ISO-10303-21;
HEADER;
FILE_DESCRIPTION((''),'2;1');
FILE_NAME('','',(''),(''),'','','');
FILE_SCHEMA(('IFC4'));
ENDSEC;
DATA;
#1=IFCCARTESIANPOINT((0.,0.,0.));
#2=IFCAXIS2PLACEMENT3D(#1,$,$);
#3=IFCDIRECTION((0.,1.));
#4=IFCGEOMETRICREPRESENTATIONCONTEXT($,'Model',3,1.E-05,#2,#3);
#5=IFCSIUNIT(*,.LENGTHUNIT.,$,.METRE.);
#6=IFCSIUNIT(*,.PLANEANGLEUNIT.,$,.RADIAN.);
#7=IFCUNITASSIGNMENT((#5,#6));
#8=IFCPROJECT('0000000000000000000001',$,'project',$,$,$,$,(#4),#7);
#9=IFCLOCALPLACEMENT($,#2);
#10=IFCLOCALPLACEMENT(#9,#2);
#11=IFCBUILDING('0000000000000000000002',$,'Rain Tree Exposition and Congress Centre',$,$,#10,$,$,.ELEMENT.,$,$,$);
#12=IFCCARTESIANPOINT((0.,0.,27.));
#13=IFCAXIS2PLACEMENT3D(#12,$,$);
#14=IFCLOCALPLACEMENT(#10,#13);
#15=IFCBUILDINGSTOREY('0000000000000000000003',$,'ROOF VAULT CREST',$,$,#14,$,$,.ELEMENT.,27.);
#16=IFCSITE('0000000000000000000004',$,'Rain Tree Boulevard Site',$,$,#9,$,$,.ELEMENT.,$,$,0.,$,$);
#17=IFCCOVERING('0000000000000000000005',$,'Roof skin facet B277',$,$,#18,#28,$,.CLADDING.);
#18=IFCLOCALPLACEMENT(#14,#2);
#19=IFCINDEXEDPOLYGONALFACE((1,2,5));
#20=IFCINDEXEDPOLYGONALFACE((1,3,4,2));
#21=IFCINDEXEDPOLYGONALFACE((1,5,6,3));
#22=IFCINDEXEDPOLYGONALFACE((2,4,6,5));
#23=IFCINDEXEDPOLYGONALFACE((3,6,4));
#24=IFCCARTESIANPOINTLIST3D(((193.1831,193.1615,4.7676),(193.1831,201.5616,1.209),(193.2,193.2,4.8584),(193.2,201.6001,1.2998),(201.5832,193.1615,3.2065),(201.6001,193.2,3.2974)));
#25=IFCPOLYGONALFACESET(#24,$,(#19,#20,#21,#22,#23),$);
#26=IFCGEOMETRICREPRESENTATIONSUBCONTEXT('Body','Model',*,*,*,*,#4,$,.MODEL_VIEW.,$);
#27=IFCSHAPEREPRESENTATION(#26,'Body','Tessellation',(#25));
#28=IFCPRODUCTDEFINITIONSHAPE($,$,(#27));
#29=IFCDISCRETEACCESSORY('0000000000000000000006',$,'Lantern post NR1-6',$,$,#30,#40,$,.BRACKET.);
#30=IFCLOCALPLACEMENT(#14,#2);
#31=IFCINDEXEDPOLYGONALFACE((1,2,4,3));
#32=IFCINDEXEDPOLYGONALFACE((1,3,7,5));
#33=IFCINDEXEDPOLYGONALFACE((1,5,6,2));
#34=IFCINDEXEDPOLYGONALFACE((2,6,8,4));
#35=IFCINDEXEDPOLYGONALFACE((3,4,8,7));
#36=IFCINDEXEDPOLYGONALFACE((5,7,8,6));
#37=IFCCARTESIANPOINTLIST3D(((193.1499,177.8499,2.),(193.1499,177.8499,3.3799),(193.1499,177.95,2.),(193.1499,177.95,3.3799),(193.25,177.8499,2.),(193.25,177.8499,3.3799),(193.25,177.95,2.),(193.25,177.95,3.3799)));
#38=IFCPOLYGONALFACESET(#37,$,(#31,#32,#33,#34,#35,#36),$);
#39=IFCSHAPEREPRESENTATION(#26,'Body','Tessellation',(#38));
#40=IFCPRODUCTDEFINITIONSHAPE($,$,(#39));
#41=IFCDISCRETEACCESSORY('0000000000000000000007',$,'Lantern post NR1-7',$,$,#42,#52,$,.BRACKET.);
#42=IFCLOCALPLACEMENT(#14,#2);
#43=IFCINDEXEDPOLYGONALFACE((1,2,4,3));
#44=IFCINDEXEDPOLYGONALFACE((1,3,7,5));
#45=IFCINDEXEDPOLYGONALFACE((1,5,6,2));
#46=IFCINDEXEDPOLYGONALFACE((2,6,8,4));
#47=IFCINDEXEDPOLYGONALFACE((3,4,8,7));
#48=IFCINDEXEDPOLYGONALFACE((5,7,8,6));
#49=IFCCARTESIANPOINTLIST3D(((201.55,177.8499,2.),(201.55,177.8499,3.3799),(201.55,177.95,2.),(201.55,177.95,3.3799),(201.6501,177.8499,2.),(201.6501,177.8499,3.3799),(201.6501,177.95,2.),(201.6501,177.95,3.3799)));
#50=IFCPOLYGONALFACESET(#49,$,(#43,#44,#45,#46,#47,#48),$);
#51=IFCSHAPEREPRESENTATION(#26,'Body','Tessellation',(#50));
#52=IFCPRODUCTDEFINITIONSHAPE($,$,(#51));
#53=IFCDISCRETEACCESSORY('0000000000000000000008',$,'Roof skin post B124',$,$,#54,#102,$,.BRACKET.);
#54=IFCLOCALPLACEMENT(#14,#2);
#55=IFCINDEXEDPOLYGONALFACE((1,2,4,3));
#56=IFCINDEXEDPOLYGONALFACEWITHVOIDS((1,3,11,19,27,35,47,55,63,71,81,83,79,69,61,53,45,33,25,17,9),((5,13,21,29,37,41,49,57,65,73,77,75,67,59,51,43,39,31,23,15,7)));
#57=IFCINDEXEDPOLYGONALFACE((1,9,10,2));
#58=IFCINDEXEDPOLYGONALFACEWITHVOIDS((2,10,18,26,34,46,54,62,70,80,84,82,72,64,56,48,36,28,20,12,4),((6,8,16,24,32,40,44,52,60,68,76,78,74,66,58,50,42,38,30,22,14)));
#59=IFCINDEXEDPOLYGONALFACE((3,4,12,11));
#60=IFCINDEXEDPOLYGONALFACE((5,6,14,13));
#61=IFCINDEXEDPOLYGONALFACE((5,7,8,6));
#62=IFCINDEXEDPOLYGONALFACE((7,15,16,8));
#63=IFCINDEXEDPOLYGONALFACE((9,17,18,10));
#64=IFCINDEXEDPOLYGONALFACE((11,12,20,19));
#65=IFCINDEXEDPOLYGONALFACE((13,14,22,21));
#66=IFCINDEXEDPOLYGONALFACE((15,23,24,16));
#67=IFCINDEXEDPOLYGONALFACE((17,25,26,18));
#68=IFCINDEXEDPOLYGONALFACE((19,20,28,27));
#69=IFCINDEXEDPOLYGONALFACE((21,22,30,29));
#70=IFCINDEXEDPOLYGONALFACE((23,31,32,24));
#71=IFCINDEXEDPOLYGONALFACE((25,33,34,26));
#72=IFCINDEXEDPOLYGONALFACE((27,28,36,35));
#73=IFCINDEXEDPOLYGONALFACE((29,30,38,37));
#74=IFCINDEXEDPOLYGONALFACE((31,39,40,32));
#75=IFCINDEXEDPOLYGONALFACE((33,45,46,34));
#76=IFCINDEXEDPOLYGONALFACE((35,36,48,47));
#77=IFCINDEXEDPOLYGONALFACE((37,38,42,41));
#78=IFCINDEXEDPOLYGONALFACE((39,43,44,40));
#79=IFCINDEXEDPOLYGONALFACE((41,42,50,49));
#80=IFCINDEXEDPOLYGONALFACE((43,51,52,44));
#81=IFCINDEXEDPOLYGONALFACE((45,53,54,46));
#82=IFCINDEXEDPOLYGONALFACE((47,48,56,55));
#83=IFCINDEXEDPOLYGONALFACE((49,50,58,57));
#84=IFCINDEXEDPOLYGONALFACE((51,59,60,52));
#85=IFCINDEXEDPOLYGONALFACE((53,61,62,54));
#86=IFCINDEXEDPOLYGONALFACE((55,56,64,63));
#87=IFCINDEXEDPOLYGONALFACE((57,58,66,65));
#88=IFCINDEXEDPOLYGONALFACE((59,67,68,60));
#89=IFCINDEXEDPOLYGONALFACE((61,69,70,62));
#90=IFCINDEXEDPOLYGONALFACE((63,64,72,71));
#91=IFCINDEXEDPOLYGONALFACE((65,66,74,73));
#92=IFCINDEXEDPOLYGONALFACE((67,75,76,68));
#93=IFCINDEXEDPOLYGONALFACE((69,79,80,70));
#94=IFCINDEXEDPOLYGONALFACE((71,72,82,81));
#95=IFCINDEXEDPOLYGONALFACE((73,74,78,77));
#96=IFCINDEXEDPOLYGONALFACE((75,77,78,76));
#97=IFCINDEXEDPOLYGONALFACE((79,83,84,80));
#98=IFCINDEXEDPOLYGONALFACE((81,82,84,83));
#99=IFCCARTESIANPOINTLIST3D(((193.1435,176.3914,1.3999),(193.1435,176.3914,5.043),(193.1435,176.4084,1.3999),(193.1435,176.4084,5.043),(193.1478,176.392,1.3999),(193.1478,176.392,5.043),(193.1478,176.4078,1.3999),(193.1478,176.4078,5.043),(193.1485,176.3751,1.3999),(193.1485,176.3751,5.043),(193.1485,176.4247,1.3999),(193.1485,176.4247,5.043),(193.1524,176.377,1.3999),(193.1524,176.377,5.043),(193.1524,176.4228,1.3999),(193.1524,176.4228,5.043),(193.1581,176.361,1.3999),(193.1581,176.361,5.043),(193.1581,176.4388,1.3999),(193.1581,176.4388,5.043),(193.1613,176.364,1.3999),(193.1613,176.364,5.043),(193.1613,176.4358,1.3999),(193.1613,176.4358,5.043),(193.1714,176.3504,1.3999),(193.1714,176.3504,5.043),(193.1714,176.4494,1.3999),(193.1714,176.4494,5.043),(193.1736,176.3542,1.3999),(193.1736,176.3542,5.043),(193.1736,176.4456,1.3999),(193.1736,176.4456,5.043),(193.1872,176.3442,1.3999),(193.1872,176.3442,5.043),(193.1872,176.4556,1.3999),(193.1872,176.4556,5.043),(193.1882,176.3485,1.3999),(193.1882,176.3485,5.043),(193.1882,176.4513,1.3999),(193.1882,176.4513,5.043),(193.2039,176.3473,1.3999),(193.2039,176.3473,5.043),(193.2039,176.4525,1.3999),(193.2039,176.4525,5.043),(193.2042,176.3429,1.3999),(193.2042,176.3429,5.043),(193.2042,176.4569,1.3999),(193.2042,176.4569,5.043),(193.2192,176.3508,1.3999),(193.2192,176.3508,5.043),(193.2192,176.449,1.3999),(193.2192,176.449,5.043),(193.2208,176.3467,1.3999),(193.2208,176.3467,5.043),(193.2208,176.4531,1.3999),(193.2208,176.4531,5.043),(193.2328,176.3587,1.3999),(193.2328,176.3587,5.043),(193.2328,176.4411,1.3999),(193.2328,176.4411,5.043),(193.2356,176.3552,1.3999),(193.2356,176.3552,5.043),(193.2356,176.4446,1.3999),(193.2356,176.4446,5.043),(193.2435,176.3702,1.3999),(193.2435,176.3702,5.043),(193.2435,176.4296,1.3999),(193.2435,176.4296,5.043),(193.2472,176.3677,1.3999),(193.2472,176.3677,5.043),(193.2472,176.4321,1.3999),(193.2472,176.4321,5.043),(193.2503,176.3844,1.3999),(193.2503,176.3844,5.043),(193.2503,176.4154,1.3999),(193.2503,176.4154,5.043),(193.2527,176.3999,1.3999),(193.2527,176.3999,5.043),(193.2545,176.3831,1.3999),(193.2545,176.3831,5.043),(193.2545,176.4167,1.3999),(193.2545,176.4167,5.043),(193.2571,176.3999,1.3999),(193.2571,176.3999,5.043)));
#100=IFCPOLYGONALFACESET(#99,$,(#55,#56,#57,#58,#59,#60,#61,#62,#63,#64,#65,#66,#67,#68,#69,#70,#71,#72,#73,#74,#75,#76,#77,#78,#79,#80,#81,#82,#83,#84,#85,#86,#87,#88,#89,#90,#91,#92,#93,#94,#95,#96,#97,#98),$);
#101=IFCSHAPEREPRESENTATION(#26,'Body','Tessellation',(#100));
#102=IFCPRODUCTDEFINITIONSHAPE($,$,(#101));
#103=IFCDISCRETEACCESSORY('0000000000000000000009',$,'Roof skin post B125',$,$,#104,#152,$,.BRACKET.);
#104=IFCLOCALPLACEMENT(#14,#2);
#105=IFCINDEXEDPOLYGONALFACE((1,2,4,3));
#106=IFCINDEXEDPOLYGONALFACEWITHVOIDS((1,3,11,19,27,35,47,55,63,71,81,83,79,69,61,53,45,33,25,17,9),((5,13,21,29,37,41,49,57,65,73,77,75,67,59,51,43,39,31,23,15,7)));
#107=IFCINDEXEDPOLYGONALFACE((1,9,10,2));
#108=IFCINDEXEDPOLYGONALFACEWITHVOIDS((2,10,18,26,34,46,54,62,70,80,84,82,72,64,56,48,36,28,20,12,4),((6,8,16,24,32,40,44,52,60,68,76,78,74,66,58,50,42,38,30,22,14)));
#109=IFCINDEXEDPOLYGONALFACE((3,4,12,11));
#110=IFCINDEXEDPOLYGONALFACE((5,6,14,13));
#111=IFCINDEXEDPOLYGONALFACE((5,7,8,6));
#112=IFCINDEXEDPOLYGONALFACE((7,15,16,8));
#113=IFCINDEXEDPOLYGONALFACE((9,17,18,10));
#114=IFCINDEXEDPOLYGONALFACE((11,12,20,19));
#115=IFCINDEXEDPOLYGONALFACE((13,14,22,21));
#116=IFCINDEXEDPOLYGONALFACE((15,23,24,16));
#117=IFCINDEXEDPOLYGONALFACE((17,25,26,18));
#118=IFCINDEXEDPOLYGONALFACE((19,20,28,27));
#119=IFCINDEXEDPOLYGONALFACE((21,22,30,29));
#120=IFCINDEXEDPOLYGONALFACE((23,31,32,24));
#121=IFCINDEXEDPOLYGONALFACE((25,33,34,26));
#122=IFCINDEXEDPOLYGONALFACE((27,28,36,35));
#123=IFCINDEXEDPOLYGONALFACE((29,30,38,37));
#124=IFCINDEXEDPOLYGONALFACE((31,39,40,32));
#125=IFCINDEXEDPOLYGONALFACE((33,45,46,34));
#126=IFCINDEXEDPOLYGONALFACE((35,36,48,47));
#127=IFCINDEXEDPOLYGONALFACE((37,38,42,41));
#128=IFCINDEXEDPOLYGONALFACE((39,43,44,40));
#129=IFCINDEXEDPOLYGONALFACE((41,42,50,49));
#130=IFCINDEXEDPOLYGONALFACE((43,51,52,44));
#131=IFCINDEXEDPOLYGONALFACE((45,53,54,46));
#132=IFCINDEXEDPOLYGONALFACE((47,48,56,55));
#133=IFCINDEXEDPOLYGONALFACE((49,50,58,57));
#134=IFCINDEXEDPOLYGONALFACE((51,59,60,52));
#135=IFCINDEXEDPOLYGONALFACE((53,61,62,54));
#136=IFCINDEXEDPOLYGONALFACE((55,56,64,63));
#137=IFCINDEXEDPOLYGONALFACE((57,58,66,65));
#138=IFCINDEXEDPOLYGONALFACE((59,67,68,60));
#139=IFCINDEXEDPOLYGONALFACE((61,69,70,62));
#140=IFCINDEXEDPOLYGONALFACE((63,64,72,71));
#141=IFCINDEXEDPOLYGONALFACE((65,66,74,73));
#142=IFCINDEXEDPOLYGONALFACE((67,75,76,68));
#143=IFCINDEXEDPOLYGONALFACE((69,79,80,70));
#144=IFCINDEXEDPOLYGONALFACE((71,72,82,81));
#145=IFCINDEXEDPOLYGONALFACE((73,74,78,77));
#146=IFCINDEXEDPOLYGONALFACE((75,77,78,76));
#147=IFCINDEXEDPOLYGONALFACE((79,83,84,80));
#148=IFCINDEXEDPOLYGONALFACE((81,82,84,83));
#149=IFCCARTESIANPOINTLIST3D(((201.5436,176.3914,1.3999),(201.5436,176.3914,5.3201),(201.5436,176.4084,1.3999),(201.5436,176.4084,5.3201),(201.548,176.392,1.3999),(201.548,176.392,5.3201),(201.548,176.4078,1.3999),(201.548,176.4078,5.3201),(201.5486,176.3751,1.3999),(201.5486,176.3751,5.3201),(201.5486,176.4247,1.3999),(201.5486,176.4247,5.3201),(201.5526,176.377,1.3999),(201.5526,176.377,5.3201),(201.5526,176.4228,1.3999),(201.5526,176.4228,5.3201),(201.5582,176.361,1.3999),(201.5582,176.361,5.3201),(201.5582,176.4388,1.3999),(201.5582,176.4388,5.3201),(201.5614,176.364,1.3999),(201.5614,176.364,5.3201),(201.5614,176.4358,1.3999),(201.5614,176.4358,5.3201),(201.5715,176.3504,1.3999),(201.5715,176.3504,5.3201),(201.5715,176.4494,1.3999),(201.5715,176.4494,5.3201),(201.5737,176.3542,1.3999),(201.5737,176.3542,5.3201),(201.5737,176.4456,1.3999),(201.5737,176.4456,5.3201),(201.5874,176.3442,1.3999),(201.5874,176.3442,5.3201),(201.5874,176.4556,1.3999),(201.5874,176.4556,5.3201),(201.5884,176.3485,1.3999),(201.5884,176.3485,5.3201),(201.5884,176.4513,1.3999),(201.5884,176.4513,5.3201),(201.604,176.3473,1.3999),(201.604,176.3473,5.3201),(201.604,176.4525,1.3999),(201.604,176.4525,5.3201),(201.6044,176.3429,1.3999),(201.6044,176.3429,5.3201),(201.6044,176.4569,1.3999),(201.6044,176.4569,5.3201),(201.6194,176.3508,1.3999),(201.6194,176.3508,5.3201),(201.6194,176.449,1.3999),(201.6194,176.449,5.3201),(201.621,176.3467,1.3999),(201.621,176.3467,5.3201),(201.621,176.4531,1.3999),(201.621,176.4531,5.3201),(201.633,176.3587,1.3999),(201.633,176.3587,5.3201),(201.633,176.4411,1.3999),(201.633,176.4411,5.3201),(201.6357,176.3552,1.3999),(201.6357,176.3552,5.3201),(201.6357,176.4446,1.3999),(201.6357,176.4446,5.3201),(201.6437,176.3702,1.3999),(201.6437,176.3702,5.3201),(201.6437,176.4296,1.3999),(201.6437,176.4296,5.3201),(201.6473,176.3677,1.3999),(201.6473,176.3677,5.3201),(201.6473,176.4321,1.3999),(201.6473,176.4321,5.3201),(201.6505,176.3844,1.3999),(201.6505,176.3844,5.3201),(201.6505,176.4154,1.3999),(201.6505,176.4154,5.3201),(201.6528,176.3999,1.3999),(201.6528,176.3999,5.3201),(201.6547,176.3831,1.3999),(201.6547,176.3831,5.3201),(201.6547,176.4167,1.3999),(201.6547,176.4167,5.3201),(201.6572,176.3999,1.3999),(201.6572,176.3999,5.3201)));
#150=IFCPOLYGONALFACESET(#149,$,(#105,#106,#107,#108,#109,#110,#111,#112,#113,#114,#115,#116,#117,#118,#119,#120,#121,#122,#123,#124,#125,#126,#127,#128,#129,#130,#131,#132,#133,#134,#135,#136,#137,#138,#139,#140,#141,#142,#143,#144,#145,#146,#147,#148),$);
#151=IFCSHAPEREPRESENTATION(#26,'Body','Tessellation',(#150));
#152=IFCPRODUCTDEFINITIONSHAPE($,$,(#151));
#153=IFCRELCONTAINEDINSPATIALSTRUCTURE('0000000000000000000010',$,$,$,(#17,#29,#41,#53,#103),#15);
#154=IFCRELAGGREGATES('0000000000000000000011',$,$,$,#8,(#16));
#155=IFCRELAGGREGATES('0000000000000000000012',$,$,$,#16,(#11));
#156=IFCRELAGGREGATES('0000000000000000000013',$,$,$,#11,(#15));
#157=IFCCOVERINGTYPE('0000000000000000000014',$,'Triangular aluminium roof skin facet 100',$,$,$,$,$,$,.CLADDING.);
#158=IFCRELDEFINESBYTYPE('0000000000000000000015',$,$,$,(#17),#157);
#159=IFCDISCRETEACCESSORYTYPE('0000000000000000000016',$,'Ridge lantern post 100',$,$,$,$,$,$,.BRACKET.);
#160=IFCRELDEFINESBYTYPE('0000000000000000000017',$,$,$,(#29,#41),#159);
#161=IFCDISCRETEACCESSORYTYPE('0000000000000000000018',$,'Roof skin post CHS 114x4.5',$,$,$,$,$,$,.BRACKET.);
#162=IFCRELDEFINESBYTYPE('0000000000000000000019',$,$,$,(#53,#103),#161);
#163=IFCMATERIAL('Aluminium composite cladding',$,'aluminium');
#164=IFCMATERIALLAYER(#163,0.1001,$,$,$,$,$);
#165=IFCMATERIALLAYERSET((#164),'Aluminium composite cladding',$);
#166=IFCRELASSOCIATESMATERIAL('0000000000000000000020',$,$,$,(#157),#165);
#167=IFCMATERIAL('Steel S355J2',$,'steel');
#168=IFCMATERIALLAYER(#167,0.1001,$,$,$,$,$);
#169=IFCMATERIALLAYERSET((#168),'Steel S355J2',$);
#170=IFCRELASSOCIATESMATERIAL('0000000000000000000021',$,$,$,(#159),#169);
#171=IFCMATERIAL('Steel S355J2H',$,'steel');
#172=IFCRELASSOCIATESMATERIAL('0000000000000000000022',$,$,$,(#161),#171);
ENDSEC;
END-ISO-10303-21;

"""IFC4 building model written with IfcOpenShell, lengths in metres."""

from ifc_helpers import new_model, si_unit, direction, frame, origin, origin_2d, place, context, subcontext, project, spatial, polyline, rectangle, hollow_circle, outline, extrude, material, layer, layer_set, material_profile, profile_set, type_object, element, save


model = new_model("IFC4")

# Units and contexts
model_context = context("Model", 3, precision=1e-05, world=origin(), true_north=direction((0.0, 1.0)))
body_context = subcontext(model_context, "Body", "Model", "MODEL_VIEW")
ifc_project = project(units=[si_unit("LENGTHUNIT", "METRE"), si_unit("PLANEANGLEUNIT", "RADIAN")], contexts=[model_context])

# Site, building, storey
site_placement = place(None, origin())
site = spatial("IfcSite", under=ifc_project, at=site_placement, Name="Rain Tree Boulevard Site", CompositionType="ELEMENT", RefElevation=0.0)
building_placement = place(site_placement, origin())
building = spatial("IfcBuilding", under=site, at=building_placement, Name="Rain Tree Exposition and Congress Centre", CompositionType="ELEMENT")
storey_placement = place(building_placement, frame((0.0, 0.0, 27.0)))
storey = spatial("IfcBuildingStorey", under=building, at=storey_placement, Name="ROOF VAULT CREST", CompositionType="ELEMENT", Elevation=27.0)

# Covering
ifc_material_1 = material(Name="Aluminium composite cladding", Category="aluminium")
ifc_layer_1 = layer(ifc_material_1, 0.1001)
ifc_layer_set_1 = layer_set([ifc_layer_1], Name="Aluminium composite cladding")
covering_type_1 = type_object("IfcCoveringType", Name="Triangular aluminium roof skin facet 100", PredefinedType="CLADDING", material=ifc_layer_set_1)
covering_1_placement = place(storey_placement, frame((193.2, 193.2, 4.8584), z_axis=(0.168662, 0.384487, 0.907592), x_axis=(0.983168, 0.0, -0.182706)))
element("IfcCovering", 1, at=covering_1_placement, inside=storey, type_object=covering_type_1, Name="Roof skin facet B277", PredefinedType="CLADDING", context=body_context, shape_type="SweptSolid", body=[
    extrude(outline(polyline([(0.0, 0.0), (8.544, 0.0), (0.6502, 9.0996), (0.0, 0.0)])), origin(), (0.0, 0.0, -1.0), 0.1001),
])

# Discrete accessories
ifc_material_2 = material(Name="Steel S355J2", Category="steel")
ifc_layer_2 = layer(ifc_material_2, 0.1001)
ifc_layer_set_2 = layer_set([ifc_layer_2], Name="Steel S355J2")
discrete_accessory_type_1 = type_object("IfcDiscreteAccessoryType", Name="Ridge lantern post 100", PredefinedType="BRACKET", material=ifc_layer_set_2)
for number, where, z_axis, x_axis, name in (
    (2, (193.2, 177.8999, 2.0), (0.0, 0.0, 1.0), (1.0, 0.0, 0.0), "Lantern post NR1-6"),
    (3, (201.6001, 177.8999, 2.0), (0.0, 0.0, 1.0), (1.0, 0.0, 0.0), "Lantern post NR1-7"),
):
    element("IfcDiscreteAccessory", number, at=place(storey_placement, frame(where, z_axis=z_axis, x_axis=x_axis)), inside=storey, type_object=discrete_accessory_type_1, Name=name, PredefinedType="BRACKET", context=body_context, shape_type="SweptSolid", body=[
        extrude(rectangle(XDim=0.1001, YDim=0.1001, at=origin_2d()), origin(), (0.0, 0.0, 1.0), 1.3799),
    ])
ifc_material_3 = material(Name="Steel S355J2H", Category="steel")
ifc_material_profile_1 = material_profile(ifc_material_3, hollow_circle(Radius=0.0571, WallThickness=0.0044, at=origin_2d()), Name="CHS 114x4.5")
ifc_profile_set_1 = profile_set([ifc_material_profile_1], Name="Steel S355J2H")
discrete_accessory_type_2 = type_object("IfcDiscreteAccessoryType", Name="Roof skin post CHS 114x4.5", PredefinedType="BRACKET", material=ifc_profile_set_1)
discrete_accessory_1_placement = place(storey_placement, frame((193.2, 176.3999, 1.3999), z_axis=(0.0, 0.0, 1.0), x_axis=(1.0, 0.0, 0.0)))
element("IfcDiscreteAccessory", 4, at=discrete_accessory_1_placement, inside=storey, type_object=discrete_accessory_type_2, Name="Roof skin post B124", PredefinedType="BRACKET", context=body_context, shape_type="SweptSolid", body=[
    extrude(hollow_circle(Radius=0.0571, WallThickness=0.0044, at=origin_2d()), origin(), (0.0, 0.0, 1.0), 3.6431),
])
discrete_accessory_2_placement = place(storey_placement, frame((201.6001, 176.3999, 1.3999), z_axis=(0.0, 0.0, 1.0), x_axis=(1.0, 0.0, 0.0)))
element("IfcDiscreteAccessory", 5, at=discrete_accessory_2_placement, inside=storey, type_object=discrete_accessory_type_2, Name="Roof skin post B125", PredefinedType="BRACKET", context=body_context, shape_type="SweptSolid", body=[
    extrude(hollow_circle(Radius=0.0571, WallThickness=0.0044, at=origin_2d()), origin(), (0.0, 0.0, 1.0), 3.9202),
])

save(model, "model.ifc")
